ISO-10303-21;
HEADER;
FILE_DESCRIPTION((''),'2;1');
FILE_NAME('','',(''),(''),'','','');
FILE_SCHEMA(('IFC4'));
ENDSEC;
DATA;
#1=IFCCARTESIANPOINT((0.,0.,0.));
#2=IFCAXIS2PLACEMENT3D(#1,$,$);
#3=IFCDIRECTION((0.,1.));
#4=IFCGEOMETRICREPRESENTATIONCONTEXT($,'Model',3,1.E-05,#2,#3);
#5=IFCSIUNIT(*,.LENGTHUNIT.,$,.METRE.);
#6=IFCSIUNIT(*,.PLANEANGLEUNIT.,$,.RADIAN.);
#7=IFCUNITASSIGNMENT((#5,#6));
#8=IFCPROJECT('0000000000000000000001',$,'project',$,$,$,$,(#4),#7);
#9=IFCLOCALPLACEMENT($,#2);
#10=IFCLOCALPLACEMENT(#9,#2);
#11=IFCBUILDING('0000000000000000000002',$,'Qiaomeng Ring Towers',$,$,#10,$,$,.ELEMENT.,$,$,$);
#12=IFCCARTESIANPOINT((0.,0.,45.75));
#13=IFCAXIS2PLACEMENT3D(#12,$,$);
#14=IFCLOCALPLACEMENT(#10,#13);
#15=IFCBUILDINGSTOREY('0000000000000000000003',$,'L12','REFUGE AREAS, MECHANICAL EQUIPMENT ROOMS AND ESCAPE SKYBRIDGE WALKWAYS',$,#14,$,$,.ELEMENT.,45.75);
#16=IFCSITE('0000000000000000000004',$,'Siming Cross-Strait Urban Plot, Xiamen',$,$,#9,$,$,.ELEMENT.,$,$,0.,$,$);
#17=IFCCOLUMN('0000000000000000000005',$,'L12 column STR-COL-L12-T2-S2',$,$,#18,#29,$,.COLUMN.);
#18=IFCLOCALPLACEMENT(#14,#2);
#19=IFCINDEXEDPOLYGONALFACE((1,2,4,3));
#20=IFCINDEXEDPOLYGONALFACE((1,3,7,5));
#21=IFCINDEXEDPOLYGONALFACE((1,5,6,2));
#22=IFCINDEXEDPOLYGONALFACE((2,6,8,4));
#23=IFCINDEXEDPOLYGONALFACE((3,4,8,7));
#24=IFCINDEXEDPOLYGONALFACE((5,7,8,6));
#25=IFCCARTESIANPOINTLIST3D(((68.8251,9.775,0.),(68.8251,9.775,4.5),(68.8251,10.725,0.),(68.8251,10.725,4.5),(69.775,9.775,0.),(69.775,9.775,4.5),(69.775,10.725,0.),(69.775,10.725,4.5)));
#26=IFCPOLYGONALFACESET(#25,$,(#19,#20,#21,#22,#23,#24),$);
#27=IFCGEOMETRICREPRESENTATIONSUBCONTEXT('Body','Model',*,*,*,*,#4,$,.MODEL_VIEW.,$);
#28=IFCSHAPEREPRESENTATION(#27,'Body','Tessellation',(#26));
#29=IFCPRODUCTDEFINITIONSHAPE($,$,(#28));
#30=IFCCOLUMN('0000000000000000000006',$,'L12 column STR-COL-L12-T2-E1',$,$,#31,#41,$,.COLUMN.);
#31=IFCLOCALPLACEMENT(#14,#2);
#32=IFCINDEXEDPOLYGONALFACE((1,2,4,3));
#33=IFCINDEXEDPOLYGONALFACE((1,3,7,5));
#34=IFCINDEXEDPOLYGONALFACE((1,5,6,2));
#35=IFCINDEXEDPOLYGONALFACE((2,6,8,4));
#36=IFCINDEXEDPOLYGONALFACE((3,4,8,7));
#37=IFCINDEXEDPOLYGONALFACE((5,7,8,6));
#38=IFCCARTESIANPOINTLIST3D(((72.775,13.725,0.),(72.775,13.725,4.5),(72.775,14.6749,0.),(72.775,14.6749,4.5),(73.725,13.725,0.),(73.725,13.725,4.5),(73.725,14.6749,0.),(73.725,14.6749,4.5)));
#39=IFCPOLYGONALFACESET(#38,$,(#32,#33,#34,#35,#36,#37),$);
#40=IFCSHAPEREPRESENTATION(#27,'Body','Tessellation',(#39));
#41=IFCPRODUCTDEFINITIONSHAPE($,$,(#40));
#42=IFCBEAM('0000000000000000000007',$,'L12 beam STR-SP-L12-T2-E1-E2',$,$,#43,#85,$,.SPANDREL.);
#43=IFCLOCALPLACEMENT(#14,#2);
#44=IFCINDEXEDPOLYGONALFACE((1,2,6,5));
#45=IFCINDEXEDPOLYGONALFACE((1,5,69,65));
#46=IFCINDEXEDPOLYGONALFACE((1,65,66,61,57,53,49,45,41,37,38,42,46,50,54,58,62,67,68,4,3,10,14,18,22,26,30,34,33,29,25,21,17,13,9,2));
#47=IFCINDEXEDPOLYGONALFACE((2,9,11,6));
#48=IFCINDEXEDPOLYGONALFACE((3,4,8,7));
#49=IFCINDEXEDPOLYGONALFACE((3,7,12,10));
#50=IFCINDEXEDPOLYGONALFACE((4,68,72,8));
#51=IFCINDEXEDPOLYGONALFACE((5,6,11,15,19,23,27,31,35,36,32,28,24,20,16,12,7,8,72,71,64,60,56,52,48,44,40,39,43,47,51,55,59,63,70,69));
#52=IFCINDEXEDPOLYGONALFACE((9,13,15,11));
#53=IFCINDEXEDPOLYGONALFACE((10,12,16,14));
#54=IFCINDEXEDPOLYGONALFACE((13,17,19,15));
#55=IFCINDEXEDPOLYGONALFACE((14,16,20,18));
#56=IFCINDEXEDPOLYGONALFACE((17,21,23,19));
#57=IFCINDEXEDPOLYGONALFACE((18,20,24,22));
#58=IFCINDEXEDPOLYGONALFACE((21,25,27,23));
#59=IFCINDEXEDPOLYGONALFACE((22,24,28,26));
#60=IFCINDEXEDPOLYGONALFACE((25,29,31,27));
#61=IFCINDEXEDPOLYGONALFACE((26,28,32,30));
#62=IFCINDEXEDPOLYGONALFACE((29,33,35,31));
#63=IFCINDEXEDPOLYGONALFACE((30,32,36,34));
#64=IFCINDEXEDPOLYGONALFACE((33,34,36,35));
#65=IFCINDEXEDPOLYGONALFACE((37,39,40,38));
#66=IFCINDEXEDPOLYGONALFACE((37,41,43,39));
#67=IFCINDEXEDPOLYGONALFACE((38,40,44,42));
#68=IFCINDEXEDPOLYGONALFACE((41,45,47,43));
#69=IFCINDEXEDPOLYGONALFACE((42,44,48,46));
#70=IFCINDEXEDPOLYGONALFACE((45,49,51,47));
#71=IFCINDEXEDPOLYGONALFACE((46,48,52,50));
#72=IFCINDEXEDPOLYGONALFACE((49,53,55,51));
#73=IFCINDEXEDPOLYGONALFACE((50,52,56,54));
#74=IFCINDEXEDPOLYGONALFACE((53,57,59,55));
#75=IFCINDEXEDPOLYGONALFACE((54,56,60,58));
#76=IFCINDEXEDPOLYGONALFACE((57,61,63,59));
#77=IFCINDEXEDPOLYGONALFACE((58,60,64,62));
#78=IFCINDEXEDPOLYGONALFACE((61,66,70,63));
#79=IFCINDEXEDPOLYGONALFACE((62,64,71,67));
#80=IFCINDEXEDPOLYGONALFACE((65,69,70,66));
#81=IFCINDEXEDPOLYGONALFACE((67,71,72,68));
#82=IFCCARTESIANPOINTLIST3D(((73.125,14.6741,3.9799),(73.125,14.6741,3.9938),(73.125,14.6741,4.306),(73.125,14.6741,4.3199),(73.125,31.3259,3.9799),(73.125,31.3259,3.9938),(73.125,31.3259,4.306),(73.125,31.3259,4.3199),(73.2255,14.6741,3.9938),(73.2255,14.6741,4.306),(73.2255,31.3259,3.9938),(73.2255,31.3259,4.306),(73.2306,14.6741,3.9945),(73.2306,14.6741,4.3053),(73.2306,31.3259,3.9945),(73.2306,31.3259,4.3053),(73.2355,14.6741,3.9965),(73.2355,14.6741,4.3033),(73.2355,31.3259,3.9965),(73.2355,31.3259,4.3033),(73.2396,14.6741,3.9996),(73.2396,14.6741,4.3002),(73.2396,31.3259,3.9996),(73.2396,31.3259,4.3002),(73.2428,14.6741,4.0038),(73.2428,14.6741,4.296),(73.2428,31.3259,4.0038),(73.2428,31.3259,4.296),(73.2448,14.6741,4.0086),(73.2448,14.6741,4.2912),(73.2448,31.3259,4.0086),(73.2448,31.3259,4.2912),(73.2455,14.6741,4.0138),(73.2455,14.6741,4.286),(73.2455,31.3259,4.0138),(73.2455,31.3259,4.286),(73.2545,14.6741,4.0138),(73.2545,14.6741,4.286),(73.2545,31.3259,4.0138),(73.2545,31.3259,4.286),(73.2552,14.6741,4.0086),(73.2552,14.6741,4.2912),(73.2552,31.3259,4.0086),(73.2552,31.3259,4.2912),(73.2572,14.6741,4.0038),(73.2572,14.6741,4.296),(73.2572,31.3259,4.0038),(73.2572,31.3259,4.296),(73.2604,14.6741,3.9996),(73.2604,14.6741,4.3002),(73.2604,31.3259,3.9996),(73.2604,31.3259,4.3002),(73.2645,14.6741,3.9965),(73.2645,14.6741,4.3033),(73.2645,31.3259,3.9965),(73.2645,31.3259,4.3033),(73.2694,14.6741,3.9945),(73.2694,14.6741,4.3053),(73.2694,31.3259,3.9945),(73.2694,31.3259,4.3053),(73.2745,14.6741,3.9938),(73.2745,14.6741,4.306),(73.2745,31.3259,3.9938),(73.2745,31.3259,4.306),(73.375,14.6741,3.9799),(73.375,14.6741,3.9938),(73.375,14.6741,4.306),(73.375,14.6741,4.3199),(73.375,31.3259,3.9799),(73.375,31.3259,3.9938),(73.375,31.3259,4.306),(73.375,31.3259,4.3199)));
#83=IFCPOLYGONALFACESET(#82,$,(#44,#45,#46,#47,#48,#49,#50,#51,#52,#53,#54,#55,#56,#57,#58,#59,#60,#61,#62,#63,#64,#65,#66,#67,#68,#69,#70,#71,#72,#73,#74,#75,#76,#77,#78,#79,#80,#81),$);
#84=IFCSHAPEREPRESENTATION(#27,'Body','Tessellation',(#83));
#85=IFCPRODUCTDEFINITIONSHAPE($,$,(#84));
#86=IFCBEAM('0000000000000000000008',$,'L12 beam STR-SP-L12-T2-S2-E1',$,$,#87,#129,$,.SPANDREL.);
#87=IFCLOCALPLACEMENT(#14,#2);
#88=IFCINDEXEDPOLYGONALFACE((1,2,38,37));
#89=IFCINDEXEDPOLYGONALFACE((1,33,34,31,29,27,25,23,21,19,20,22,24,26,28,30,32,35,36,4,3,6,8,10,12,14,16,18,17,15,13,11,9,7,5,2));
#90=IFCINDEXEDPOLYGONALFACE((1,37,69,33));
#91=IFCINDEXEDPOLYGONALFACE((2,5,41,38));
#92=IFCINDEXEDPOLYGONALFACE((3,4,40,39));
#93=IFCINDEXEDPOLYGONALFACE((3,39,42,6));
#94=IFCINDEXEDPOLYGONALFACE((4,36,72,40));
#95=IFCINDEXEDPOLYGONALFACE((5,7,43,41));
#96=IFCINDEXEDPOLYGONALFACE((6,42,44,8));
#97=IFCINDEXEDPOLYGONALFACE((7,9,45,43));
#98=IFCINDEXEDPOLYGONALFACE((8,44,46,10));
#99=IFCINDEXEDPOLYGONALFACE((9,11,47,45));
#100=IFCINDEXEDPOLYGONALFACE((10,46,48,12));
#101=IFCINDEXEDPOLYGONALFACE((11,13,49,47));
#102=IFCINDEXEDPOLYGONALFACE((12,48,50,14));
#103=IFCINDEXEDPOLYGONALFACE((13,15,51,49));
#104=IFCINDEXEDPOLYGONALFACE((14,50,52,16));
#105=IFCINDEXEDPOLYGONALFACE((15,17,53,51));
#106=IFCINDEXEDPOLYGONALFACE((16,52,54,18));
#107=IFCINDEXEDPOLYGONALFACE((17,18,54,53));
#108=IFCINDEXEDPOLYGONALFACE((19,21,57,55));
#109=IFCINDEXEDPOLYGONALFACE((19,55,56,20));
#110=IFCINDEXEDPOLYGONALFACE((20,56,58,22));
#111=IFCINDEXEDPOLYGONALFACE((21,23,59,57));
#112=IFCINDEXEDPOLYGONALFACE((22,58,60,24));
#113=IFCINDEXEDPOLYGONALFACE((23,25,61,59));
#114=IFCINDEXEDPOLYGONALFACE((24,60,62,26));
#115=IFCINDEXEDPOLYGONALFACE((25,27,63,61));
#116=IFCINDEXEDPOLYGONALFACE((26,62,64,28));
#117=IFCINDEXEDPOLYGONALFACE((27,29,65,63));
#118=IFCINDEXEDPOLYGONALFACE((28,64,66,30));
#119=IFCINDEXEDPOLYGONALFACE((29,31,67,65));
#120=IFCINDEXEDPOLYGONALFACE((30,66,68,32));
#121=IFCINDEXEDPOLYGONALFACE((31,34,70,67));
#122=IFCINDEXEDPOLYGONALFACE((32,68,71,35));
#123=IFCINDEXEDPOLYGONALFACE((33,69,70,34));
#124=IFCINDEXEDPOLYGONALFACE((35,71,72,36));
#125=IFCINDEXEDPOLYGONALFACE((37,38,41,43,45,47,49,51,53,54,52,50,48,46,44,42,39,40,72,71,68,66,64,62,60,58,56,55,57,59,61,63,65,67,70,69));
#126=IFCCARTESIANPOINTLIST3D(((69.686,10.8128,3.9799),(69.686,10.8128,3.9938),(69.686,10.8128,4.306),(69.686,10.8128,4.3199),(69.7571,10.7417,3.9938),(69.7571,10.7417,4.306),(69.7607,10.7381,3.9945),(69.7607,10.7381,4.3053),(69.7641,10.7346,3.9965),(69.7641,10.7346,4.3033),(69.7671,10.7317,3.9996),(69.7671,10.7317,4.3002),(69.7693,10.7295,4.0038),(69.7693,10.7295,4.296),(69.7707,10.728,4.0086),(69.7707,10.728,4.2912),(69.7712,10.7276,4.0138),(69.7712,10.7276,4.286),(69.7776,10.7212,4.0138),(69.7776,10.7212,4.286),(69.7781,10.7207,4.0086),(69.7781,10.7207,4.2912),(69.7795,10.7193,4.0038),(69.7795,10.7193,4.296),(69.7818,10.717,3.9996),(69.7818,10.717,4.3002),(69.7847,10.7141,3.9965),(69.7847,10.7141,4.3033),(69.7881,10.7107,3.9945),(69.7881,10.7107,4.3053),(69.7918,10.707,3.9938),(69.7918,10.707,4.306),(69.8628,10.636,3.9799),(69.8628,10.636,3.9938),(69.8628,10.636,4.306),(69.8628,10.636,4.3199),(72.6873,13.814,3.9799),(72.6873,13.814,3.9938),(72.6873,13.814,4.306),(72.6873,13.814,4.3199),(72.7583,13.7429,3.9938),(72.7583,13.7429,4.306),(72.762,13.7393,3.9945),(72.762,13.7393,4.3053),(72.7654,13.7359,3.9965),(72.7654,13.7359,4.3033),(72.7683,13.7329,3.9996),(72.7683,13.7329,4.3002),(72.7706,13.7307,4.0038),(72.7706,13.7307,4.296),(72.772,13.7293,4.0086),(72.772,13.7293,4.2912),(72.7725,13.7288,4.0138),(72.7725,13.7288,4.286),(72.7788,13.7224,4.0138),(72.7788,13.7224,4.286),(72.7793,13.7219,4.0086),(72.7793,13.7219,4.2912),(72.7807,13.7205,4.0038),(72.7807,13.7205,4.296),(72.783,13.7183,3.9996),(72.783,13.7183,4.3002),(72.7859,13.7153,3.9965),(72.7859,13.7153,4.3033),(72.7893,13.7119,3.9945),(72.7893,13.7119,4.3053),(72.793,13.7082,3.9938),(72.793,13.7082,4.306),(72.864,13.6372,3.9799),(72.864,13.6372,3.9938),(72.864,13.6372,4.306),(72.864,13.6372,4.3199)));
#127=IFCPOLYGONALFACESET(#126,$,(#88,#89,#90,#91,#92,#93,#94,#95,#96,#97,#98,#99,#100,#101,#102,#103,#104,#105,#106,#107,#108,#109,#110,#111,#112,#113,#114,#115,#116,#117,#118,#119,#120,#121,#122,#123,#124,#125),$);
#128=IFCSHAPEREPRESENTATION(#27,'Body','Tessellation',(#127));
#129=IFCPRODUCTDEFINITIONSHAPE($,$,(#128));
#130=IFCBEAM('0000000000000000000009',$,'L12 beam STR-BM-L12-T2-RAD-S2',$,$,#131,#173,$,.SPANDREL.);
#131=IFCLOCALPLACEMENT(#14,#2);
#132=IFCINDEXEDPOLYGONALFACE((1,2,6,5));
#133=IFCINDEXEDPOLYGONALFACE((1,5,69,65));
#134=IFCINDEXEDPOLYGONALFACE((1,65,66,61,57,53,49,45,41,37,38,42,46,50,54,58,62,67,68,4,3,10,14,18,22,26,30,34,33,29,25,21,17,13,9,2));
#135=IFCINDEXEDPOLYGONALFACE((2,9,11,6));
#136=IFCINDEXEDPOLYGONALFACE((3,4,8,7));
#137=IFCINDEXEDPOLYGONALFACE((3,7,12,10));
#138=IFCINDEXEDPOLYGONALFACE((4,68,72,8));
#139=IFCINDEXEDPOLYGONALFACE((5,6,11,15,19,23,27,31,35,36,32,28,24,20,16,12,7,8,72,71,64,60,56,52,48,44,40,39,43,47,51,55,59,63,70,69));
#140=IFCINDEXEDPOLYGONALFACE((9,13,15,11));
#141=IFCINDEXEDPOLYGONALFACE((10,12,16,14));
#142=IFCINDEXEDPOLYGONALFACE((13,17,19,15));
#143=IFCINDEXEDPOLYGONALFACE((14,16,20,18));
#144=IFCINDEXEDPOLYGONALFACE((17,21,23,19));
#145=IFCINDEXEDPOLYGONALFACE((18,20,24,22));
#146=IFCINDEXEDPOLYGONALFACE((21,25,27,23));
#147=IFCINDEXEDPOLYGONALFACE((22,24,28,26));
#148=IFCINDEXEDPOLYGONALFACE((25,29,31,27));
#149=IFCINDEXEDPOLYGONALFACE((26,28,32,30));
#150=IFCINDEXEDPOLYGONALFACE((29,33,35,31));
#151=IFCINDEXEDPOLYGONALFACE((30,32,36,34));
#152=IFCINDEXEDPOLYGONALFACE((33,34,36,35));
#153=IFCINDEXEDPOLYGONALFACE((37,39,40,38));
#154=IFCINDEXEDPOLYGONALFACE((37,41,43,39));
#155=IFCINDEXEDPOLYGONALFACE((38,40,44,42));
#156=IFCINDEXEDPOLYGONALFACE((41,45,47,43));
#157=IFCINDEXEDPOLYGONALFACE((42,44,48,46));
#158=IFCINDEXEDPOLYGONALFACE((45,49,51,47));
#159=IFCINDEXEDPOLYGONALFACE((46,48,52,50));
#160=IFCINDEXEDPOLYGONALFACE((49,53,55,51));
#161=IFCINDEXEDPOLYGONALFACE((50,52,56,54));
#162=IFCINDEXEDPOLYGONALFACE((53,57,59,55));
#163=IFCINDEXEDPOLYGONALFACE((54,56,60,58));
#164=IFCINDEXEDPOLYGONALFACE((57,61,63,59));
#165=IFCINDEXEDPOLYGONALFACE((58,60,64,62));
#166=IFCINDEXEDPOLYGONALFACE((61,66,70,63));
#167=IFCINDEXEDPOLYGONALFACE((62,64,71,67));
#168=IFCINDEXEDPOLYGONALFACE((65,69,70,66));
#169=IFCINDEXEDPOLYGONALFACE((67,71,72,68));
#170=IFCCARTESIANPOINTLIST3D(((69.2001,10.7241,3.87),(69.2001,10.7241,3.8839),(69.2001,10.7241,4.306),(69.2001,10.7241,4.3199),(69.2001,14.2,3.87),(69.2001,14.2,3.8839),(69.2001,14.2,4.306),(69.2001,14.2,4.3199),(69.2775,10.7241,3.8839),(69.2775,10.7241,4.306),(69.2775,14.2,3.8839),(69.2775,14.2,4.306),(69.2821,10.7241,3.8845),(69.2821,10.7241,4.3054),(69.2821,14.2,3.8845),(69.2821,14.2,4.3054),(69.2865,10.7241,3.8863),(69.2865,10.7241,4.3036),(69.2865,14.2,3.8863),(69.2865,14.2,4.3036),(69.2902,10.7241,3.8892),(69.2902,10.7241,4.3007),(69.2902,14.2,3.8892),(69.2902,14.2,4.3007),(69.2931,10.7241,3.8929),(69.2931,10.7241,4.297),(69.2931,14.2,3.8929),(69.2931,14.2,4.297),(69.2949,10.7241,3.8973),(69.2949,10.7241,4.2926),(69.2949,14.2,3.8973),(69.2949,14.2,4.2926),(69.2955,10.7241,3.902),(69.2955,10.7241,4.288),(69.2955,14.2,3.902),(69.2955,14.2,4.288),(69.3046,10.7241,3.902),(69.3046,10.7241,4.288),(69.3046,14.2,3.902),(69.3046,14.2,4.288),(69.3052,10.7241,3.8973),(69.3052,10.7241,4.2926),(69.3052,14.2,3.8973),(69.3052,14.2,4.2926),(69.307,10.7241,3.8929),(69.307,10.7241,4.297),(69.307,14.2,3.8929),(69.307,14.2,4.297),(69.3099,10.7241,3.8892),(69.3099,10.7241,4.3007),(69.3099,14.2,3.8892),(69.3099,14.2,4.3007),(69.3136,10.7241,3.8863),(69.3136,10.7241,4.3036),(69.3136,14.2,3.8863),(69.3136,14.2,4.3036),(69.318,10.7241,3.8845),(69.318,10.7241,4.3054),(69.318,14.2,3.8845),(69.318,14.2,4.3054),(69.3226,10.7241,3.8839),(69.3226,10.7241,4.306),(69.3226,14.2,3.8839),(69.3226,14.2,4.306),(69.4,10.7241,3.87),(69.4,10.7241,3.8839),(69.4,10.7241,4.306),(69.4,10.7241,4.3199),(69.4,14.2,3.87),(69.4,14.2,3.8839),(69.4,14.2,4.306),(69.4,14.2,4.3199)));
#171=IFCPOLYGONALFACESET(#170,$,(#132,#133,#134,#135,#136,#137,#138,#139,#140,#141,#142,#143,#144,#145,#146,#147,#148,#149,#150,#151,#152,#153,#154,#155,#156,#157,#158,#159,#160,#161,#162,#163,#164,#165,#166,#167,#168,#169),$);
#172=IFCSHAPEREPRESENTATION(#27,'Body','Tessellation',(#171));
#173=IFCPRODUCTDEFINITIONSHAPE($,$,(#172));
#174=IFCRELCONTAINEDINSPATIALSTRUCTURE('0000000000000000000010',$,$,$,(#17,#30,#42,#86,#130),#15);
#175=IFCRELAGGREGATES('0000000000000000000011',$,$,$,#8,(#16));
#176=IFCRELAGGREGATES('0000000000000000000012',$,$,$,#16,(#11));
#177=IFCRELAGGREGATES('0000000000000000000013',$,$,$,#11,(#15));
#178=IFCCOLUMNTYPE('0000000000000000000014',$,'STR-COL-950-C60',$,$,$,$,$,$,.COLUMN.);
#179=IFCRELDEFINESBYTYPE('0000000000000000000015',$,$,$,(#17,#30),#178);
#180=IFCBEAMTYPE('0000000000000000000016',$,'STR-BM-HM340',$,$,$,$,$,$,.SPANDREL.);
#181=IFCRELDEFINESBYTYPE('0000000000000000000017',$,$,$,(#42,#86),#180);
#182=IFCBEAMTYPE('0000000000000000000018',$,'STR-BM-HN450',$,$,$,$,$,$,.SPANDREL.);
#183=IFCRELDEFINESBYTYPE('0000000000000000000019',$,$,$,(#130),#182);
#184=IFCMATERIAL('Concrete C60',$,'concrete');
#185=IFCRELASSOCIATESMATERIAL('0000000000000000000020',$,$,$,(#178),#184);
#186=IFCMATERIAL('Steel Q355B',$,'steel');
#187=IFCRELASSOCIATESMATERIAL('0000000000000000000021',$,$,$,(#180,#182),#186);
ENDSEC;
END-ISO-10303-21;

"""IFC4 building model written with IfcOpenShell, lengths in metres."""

from ifc_helpers import new_model, si_unit, direction, frame, origin, origin_2d, place, context, subcontext, project, spatial, rectangle, i_section, extrude, source, transform, mapped, material, material_profile, profile_set, type_object, element, save


model = new_model("IFC4")

# Units and contexts
model_context = context("Model", 3, precision=1e-05, world=origin(), true_north=direction((0.0, 1.0)))
body_context = subcontext(model_context, "Body", "Model", "MODEL_VIEW")
ifc_project = project(units=[si_unit("LENGTHUNIT", "METRE"), si_unit("PLANEANGLEUNIT", "RADIAN")], contexts=[model_context])

# Site, building, storey
site_placement = place(None, origin())
site = spatial("IfcSite", under=ifc_project, at=site_placement, Name="Siming Cross-Strait Urban Plot, Xiamen", CompositionType="ELEMENT", RefElevation=0.0)
building_placement = place(site_placement, origin())
building = spatial("IfcBuilding", under=site, at=building_placement, Name="Qiaomeng Ring Towers", CompositionType="ELEMENT")
storey_placement = place(building_placement, frame((0.0, 0.0, 45.75)))
storey = spatial("IfcBuildingStorey", under=building, at=storey_placement, Name="L12", Description="REFUGE AREAS, MECHANICAL EQUIPMENT ROOMS AND ESCAPE SKYBRIDGE WALKWAYS", CompositionType="ELEMENT", Elevation=45.75)

# Columns
ifc_material_1 = material(Name="Concrete C60", Category="concrete")
ifc_material_profile_1 = material_profile(ifc_material_1, rectangle(XDim=0.95, YDim=0.95, at=origin_2d()), Name="RC COL 950x950")
ifc_profile_set_1 = profile_set([ifc_material_profile_1], Name="Concrete C60")
column_type = type_object("IfcColumnType", Name="STR-COL-950-C60", PredefinedType="COLUMN", material=ifc_profile_set_1)
shared_shape_1 = source(origin(), body_context, "Body", "SweptSolid", [
    extrude(rectangle(XDim=0.95, YDim=0.95, at=origin_2d()), origin(), (0.0, 0.0, 1.0), 4.5),
])
for number, where, z_axis, x_axis, name in (
    (1, (69.3, 10.25, 0.0), (0.0, 0.0, 1.0), (1.0, 0.0, 0.0), "L12 column STR-COL-L12-T2-S2"),
    (2, (73.25, 14.2, 0.0), (0.0, 0.0, 1.0), (1.0, 0.0, 0.0), "L12 column STR-COL-L12-T2-E1"),
):
    element("IfcColumn", number, at=place(storey_placement, frame(where, z_axis=z_axis, x_axis=x_axis)), inside=storey, type_object=column_type, Name=name, PredefinedType="COLUMN", context=body_context, shape_type="MappedRepresentation", body=[
        mapped(shared_shape_1, transform((0.0, 0.0, 0.0), x_axis=(1.0, 0.0, 0.0), y_axis=(0.0, 1.0, 0.0), z_axis=(0.0, 0.0, 1.0), scale=1.0)),
    ])

# Beams
ifc_material_2 = material(Name="Steel Q355B", Category="steel")
ifc_material_profile_2 = material_profile(ifc_material_2, i_section(OverallWidth=0.25, OverallDepth=0.3401, WebThickness=0.009, FlangeThickness=0.0139, FilletRadius=0.02, at=origin_2d()), Name="HM 340x250x9x14")
ifc_profile_set_2 = profile_set([ifc_material_profile_2], Name="Steel Q355B")
beam_type_1 = type_object("IfcBeamType", Name="STR-BM-HM340", PredefinedType="SPANDREL", material=ifc_profile_set_2)
shared_shape_2 = source(origin(), body_context, "Body", "SweptSolid", [
    extrude(i_section(OverallWidth=0.25, OverallDepth=0.3401, WebThickness=0.009, FlangeThickness=0.0139, FilletRadius=0.02, at=origin_2d()), origin(), (0.0, 0.0, 1.0), 16.6519),
])
beam_1_placement = place(storey_placement, frame((73.25, 14.6741, 4.1499), z_axis=(0.0, 1.0, 0.0), x_axis=(-1.0, 0.0, 0.0)))
element("IfcBeam", 3, at=beam_1_placement, inside=storey, type_object=beam_type_1, Name="L12 beam STR-SP-L12-T2-E1-E2", PredefinedType="SPANDREL", context=body_context, shape_type="MappedRepresentation", body=[
    mapped(shared_shape_2, transform((0.0, 0.0, 0.0), x_axis=(1.0, 0.0, 0.0), y_axis=(0.0, 1.0, 0.0), z_axis=(0.0, 0.0, 1.0), scale=1.0)),
])
shared_shape_3 = source(origin(), body_context, "Body", "SweptSolid", [
    extrude(i_section(OverallWidth=0.25, OverallDepth=0.3401, WebThickness=0.009, FlangeThickness=0.0139, FilletRadius=0.02, at=origin_2d()), origin(), (0.0, 0.0, 1.0), 4.2444),
])
beam_2_placement = place(storey_placement, frame((69.7744, 10.7244, 4.1499), z_axis=(0.707107, 0.707107, 0.0), x_axis=(-0.707107, 0.707107, 0.0)))
element("IfcBeam", 4, at=beam_2_placement, inside=storey, type_object=beam_type_1, Name="L12 beam STR-SP-L12-T2-S2-E1", PredefinedType="SPANDREL", context=body_context, shape_type="MappedRepresentation", body=[
    mapped(shared_shape_3, transform((0.0, 0.0, 0.0), x_axis=(1.0, 0.0, 0.0), y_axis=(0.0, 1.0, 0.0), z_axis=(0.0, 0.0, 1.0), scale=1.0)),
])
ifc_material_profile_3 = material_profile(ifc_material_2, i_section(OverallWidth=0.2, OverallDepth=0.45, WebThickness=0.009, FlangeThickness=0.0139, FilletRadius=0.0181, at=origin_2d()), Name="HN 450x200x9x14")
ifc_profile_set_3 = profile_set([ifc_material_profile_3], Name="Steel Q355B")
beam_type_2 = type_object("IfcBeamType", Name="STR-BM-HN450", PredefinedType="SPANDREL", material=ifc_profile_set_3)
shared_shape_4 = source(origin(), body_context, "Body", "SweptSolid", [
    extrude(i_section(OverallWidth=0.2, OverallDepth=0.45, WebThickness=0.009, FlangeThickness=0.0139, FilletRadius=0.0181, at=origin_2d()), origin(), (0.0, 0.0, 1.0), 3.4758),
])
beam_3_placement = place(storey_placement, frame((69.3, 10.7241, 4.095), z_axis=(0.0, 1.0, 0.0), x_axis=(-1.0, 0.0, 0.0)))
element("IfcBeam", 5, at=beam_3_placement, inside=storey, type_object=beam_type_2, Name="L12 beam STR-BM-L12-T2-RAD-S2", PredefinedType="SPANDREL", context=body_context, shape_type="MappedRepresentation", body=[
    mapped(shared_shape_4, transform((0.0, 0.0, 0.0), x_axis=(1.0, 0.0, 0.0), y_axis=(0.0, 1.0, 0.0), z_axis=(0.0, 0.0, 1.0), scale=1.0)),
])

save(model, "model.ifc")
